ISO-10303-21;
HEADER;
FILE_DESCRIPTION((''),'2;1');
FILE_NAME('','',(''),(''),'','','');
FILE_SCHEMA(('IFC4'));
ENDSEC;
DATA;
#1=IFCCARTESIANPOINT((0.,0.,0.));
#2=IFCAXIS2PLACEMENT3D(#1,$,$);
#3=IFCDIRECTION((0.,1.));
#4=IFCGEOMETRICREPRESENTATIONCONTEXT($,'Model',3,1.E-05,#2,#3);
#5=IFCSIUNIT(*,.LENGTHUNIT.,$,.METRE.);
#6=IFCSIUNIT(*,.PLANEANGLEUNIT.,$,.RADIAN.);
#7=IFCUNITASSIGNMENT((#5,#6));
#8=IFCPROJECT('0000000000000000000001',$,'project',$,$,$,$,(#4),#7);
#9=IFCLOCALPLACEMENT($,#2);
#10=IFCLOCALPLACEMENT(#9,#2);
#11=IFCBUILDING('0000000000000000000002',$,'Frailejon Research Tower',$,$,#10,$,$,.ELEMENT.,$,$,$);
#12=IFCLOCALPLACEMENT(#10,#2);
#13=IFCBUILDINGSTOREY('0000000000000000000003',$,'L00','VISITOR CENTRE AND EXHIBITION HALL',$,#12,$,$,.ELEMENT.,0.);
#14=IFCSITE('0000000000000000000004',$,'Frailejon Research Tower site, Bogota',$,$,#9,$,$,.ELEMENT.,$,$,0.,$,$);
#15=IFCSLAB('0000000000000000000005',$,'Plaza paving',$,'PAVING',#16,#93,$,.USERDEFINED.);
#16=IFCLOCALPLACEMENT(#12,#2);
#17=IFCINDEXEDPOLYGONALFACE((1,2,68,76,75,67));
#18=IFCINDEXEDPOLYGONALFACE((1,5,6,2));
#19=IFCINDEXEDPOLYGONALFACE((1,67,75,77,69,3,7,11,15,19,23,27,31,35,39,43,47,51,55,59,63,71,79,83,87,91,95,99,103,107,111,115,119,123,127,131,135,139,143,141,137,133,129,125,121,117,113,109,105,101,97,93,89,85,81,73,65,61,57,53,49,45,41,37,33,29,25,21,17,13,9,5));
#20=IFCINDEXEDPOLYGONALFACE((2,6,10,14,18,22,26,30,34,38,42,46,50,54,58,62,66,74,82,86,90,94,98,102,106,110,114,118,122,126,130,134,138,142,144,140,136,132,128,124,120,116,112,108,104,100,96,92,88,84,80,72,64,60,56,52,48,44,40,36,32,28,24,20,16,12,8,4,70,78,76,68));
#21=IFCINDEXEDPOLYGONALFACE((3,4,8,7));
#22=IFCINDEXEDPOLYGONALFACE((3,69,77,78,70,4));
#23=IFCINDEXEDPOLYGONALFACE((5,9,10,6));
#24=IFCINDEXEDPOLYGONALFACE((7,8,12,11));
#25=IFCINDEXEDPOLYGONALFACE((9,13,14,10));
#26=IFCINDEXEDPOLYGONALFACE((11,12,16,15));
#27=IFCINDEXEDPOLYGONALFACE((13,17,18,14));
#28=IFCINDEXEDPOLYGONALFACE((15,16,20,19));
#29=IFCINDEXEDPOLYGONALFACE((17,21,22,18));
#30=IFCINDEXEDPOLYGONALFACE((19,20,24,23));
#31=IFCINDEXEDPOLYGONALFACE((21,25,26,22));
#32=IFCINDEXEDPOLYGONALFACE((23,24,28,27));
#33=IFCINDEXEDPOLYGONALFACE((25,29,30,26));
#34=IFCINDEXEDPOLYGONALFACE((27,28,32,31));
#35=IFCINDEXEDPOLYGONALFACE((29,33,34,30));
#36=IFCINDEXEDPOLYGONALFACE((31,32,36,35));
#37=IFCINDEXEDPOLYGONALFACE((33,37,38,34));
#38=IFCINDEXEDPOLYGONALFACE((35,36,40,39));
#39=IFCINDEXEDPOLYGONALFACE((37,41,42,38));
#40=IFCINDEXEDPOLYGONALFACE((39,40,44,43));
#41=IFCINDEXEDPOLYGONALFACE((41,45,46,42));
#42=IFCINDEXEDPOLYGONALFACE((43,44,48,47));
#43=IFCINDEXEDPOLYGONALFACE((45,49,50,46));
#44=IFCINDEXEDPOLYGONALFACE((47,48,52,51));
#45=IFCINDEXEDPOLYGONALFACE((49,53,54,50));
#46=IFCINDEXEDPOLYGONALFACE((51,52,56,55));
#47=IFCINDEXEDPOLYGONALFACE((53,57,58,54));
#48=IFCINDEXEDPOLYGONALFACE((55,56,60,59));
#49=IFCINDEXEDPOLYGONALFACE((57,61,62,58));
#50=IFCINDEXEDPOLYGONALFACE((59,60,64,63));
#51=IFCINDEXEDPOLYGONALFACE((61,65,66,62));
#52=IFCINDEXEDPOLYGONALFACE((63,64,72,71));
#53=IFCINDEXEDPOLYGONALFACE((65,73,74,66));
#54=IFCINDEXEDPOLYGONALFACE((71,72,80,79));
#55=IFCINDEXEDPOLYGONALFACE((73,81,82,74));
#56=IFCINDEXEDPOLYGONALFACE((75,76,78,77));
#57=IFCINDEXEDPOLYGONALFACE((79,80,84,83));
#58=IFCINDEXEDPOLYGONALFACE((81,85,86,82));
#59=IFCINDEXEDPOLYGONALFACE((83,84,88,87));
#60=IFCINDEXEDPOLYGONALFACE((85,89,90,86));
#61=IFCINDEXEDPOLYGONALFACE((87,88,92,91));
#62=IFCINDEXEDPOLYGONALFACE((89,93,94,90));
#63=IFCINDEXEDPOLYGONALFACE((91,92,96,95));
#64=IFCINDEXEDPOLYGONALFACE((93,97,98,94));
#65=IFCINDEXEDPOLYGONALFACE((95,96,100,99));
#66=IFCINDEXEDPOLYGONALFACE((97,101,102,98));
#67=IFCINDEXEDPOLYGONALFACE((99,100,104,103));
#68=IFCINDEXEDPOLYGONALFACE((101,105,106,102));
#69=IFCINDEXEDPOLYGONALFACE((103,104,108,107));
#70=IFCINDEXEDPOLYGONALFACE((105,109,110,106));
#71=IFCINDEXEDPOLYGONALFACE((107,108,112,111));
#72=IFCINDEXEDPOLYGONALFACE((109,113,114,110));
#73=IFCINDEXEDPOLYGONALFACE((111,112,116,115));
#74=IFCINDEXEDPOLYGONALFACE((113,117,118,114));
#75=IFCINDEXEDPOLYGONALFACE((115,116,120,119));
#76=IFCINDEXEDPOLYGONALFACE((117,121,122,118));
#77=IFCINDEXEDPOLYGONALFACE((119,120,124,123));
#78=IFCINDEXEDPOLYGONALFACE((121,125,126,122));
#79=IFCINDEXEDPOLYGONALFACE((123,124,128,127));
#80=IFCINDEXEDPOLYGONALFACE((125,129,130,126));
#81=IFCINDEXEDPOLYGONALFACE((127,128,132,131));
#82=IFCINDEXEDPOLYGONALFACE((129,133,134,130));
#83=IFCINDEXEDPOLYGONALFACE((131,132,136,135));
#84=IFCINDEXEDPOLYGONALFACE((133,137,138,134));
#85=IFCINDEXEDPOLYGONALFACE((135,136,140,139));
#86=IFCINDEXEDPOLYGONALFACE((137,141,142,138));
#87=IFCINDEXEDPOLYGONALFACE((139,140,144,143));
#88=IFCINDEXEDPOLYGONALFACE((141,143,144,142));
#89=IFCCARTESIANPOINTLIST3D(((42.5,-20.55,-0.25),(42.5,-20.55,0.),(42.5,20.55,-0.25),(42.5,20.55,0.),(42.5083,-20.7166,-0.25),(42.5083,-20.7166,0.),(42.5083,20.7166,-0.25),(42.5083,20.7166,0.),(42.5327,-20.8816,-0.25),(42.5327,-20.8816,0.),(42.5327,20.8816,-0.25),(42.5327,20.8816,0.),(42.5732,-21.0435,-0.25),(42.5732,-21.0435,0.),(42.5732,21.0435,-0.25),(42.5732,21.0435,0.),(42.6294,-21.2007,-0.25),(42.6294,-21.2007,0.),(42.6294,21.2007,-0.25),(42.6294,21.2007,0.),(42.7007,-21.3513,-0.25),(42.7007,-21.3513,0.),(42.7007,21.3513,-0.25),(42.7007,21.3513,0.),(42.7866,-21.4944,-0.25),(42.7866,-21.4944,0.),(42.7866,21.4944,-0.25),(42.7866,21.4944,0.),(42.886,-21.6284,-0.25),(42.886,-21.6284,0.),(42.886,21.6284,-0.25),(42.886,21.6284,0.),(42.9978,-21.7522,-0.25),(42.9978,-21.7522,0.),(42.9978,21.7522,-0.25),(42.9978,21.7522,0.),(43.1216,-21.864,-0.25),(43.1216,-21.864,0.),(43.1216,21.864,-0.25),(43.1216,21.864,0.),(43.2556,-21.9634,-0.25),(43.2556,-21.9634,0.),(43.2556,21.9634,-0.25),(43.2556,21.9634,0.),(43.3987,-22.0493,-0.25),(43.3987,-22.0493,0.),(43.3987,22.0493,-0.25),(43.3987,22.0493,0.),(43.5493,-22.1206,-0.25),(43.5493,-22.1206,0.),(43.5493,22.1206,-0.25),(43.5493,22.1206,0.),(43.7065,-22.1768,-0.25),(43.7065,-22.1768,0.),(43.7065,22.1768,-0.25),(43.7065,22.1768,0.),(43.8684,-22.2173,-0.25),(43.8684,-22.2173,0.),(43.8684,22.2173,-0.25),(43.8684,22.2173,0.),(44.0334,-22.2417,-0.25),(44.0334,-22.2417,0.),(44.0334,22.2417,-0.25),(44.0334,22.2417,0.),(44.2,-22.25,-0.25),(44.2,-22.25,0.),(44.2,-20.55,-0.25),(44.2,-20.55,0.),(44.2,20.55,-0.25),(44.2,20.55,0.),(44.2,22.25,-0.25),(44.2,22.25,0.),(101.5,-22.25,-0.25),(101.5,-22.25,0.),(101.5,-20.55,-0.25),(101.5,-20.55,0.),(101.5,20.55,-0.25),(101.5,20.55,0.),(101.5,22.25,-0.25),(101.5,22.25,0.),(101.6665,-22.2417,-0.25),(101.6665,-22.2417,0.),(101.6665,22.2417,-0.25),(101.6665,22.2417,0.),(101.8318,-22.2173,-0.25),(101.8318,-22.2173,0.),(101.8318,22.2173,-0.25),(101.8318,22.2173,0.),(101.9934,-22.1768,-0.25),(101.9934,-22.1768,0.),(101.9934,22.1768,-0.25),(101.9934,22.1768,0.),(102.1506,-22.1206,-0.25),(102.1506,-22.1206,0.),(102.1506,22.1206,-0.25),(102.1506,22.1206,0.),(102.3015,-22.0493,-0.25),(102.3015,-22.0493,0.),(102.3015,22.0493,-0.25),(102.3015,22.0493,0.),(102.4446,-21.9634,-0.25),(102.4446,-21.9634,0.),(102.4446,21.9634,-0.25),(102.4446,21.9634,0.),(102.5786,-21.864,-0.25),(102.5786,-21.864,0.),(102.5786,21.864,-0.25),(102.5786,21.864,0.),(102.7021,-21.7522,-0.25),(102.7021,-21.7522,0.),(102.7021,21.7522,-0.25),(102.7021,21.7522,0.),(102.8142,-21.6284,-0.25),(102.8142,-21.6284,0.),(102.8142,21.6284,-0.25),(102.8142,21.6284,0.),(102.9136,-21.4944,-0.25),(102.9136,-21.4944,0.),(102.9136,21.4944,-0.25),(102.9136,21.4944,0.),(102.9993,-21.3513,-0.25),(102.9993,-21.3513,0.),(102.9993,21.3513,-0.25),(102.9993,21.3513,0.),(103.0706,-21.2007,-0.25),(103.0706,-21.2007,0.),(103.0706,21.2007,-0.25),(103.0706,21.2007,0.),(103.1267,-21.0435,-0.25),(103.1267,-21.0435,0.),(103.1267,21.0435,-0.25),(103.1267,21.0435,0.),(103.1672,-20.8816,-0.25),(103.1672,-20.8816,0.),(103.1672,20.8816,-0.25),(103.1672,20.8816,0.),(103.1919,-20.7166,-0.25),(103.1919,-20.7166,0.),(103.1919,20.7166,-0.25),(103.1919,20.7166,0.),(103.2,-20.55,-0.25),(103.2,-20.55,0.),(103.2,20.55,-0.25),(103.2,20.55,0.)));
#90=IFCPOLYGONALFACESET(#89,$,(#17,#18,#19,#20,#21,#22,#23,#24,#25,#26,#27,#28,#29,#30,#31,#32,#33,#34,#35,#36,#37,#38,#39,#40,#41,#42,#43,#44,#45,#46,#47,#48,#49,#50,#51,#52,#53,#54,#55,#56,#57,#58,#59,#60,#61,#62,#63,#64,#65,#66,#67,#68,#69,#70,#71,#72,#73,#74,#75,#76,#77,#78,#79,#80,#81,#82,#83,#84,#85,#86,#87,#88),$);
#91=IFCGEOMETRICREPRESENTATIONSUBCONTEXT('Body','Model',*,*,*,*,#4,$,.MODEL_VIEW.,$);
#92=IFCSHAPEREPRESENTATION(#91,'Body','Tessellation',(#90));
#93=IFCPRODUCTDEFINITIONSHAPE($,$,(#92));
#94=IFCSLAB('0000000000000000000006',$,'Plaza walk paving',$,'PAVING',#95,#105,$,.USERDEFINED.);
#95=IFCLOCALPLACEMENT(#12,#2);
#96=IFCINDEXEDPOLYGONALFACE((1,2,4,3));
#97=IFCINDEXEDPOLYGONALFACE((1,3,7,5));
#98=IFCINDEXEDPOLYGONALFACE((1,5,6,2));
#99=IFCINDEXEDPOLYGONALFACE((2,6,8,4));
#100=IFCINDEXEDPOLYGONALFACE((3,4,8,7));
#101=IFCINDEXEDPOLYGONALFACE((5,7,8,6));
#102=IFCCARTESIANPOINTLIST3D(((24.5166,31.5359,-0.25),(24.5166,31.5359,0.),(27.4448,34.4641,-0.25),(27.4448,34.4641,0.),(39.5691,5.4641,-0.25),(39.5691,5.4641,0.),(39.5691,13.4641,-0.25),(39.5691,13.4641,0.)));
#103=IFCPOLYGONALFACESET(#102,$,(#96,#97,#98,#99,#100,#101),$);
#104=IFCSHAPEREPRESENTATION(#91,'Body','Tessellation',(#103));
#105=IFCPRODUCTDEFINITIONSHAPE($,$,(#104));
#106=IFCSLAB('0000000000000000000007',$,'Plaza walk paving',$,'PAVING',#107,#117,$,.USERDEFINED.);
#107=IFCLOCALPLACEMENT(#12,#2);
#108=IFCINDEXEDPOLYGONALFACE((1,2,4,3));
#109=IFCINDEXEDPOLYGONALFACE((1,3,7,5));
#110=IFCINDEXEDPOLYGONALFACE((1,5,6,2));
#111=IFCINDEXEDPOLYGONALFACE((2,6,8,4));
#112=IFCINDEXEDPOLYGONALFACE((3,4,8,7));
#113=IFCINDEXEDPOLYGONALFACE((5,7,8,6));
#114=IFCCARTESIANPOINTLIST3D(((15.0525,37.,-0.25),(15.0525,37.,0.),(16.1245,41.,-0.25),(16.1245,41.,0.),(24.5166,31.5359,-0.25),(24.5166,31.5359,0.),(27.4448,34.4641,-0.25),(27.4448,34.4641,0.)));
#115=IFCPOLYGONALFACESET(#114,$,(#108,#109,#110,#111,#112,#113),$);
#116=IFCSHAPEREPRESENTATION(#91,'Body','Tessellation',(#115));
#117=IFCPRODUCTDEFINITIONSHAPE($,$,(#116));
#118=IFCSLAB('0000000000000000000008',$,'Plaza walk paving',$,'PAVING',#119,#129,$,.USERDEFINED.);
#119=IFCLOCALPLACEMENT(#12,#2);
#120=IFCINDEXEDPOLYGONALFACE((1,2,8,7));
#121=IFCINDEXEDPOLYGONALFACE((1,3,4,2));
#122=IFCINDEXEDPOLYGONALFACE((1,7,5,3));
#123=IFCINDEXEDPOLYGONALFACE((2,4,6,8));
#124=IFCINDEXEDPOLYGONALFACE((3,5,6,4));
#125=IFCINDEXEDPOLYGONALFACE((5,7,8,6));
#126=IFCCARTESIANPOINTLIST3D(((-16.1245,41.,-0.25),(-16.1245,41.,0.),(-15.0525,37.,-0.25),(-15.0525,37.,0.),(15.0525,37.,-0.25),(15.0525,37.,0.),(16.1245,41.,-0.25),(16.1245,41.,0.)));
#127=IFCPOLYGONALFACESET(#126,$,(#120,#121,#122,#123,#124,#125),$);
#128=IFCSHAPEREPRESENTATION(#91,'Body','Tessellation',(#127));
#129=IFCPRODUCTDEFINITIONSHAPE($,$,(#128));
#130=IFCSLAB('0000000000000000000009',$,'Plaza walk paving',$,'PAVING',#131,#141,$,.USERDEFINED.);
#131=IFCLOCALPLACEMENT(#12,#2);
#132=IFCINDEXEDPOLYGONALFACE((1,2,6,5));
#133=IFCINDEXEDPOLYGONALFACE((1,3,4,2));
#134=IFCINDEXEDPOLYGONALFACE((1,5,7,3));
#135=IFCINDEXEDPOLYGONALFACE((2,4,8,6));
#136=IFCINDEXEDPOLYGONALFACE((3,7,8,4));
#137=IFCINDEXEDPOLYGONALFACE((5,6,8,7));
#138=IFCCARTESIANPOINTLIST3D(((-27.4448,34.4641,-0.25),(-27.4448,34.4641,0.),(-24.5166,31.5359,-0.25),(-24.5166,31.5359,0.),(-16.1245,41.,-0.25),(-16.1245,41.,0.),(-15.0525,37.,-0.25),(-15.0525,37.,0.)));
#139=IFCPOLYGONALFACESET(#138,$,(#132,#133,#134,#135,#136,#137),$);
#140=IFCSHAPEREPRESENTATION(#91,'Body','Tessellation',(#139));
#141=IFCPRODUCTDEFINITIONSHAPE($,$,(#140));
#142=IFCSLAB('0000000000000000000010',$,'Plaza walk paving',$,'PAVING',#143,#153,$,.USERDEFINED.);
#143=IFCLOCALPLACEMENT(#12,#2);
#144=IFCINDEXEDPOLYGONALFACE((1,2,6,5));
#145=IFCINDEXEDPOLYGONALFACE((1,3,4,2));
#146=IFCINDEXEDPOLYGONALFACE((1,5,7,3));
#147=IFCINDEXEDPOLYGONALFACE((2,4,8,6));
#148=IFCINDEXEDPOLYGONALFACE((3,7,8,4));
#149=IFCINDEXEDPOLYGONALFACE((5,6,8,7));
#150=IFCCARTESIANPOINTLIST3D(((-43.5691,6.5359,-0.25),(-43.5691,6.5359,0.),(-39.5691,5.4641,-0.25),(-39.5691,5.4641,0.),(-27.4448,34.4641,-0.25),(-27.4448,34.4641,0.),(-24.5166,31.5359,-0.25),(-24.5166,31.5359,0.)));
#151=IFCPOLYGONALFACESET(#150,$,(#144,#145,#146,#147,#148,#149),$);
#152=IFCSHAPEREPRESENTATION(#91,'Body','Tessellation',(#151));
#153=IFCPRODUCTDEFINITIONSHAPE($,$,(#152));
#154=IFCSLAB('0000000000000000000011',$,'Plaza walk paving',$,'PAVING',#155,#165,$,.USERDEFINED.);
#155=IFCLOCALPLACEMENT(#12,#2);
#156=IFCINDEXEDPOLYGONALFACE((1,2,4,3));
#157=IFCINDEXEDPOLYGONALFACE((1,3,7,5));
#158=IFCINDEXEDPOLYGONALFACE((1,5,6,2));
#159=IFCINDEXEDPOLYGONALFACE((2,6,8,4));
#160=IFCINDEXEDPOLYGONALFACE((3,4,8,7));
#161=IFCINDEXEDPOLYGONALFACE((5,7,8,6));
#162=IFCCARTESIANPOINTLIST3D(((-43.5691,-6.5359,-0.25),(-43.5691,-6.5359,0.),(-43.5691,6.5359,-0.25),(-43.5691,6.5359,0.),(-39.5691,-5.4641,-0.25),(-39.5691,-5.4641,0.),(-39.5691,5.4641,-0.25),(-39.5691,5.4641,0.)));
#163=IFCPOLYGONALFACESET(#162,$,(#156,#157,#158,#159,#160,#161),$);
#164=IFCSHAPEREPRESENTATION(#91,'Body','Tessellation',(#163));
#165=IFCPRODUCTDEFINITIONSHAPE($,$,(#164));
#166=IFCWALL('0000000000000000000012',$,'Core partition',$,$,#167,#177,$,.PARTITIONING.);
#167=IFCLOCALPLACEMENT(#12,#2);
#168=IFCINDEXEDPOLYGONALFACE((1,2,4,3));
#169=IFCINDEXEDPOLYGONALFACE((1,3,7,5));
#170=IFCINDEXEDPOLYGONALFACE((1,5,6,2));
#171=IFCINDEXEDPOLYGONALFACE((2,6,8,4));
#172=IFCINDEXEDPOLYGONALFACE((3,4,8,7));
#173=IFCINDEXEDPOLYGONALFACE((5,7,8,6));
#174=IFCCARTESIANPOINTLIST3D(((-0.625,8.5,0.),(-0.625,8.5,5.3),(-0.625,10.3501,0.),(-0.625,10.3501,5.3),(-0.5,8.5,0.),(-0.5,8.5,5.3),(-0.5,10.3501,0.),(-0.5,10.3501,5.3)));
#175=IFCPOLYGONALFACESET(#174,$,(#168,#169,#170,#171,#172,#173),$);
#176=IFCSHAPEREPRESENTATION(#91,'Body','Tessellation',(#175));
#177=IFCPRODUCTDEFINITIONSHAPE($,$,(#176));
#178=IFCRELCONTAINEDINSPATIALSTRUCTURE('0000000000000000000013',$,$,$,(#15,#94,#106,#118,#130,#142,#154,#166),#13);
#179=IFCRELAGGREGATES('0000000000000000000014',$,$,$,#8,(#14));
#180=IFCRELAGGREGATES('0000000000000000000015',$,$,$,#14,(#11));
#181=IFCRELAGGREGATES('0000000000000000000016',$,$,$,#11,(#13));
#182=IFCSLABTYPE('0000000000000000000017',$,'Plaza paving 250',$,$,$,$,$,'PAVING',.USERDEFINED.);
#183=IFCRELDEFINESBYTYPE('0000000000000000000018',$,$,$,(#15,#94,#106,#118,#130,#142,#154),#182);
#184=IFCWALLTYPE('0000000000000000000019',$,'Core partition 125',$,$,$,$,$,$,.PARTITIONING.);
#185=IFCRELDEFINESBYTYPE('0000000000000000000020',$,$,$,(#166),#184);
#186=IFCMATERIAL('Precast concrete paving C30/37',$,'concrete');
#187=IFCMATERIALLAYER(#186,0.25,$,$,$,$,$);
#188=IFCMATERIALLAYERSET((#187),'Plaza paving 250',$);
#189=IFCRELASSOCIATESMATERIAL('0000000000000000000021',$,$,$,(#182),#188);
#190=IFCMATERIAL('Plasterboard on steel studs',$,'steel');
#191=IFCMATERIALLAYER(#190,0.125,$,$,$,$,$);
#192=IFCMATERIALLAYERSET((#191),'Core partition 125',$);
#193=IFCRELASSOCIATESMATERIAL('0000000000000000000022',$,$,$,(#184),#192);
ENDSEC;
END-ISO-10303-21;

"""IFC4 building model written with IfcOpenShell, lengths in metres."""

from ifc_helpers import new_model, si_unit, direction, frame, frame_2d, origin, place, context, subcontext, project, spatial, polyline, rectangle, outline, extrude, material, layer, layer_set, type_object, element, save


model = new_model("IFC4")

# Units and contexts
model_context = context("Model", 3, precision=1e-05, world=origin(), true_north=direction((0.0, 1.0)))
body_context = subcontext(model_context, "Body", "Model", "MODEL_VIEW")
ifc_project = project(units=[si_unit("LENGTHUNIT", "METRE"), si_unit("PLANEANGLEUNIT", "RADIAN")], contexts=[model_context])

# Site, building, storey
site_placement = place(None, origin())
site = spatial("IfcSite", under=ifc_project, at=site_placement, Name="Frailejon Research Tower site, Bogota", CompositionType="ELEMENT", RefElevation=0.0)
building_placement = place(site_placement, origin())
building = spatial("IfcBuilding", under=site, at=building_placement, Name="Frailejon Research Tower", CompositionType="ELEMENT")
storey_placement = place(building_placement, origin())
storey = spatial("IfcBuildingStorey", under=building, at=storey_placement, Name="L00", Description="VISITOR CENTRE AND EXHIBITION HALL", CompositionType="ELEMENT", Elevation=0.0)

# Slabs
ifc_material_1 = material(Name="Precast concrete paving C30/37", Category="concrete")
ifc_layer_1 = layer(ifc_material_1, 0.25)
ifc_layer_set_1 = layer_set([ifc_layer_1], Name="Plaza paving 250")
slab_type = type_object("IfcSlabType", Name="Plaza paving 250", ElementType="PAVING", PredefinedType="USERDEFINED", material=ifc_layer_set_1)
slab_1_placement = place(storey_placement, frame((0.0, 0.0, -0.25)))
element("IfcSlab", 1, at=slab_1_placement, inside=storey, type_object=slab_type, Name="Plaza paving", ObjectType="PAVING", PredefinedType="USERDEFINED", context=body_context, shape_type="SweptSolid", body=[
    extrude(outline(polyline([(101.5, -20.55), (101.5, 20.55), (44.2, 20.55), (42.5, 20.55), (42.5083, 20.7166), (42.5327, 20.8816), (42.5732, 21.0435), (42.6294, 21.2007), (42.7007, 21.3513), (42.7866, 21.4944), (42.886, 21.6284), (42.9978, 21.7522), (43.1216, 21.864), (43.2556, 21.9634), (43.3987, 22.0493), (43.5493, 22.1206), (43.7065, 22.1768), (43.8684, 22.2173), (44.0334, 22.2417), (44.2, 22.25), (101.5, 22.25), (101.6665, 22.2417), (101.8318, 22.2173), (101.9934, 22.1768), (102.1506, 22.1206), (102.3015, 22.0493), (102.4446, 21.9634), (102.5786, 21.864), (102.7021, 21.7522), (102.8142, 21.6284), (102.9136, 21.4944), (102.9993, 21.3513), (103.0706, 21.2007), (103.1267, 21.0435), (103.1672, 20.8816), (103.1919, 20.7166), (103.2, 20.55), (103.2, -20.55), (103.1919, -20.7166), (103.1672, -20.8816), (103.1267, -21.0435), (103.0706, -21.2007), (102.9993, -21.3513), (102.9136, -21.4944), (102.8142, -21.6284), (102.7021, -21.7522), (102.5786, -21.864), (102.4446, -21.9634), (102.3015, -22.0493), (102.1506, -22.1206), (101.9934, -22.1768), (101.8318, -22.2173), (101.6665, -22.2417), (101.5, -22.25), (44.2, -22.25), (44.0334, -22.2417), (43.8684, -22.2173), (43.7065, -22.1768), (43.5493, -22.1206), (43.3987, -22.0493), (43.2556, -21.9634), (43.1216, -21.864), (42.9978, -21.7522), (42.886, -21.6284), (42.7866, -21.4944), (42.7007, -21.3513), (42.6294, -21.2007), (42.5732, -21.0435), (42.5327, -20.8816), (42.5083, -20.7166), (42.5, -20.55), (44.2, -20.55), (101.5, -20.55)])), origin(), (0.0, 0.0, 1.0), 0.25),
])
slab_2_placement = place(storey_placement, frame((0.0, 0.0, -0.25)))
element("IfcSlab", 2, at=slab_2_placement, inside=storey, type_object=slab_type, Name="Plaza walk paving", ObjectType="PAVING", PredefinedType="USERDEFINED", context=body_context, shape_type="SweptSolid", body=[
    extrude(outline(polyline([(24.5166, 31.5359), (39.5691, 5.4641), (39.5691, 13.4641), (27.4448, 34.4641), (24.5166, 31.5359)])), origin(), (0.0, 0.0, 1.0), 0.25),
])
slab_3_placement = place(storey_placement, frame((0.0, 0.0, -0.25)))
element("IfcSlab", 3, at=slab_3_placement, inside=storey, type_object=slab_type, Name="Plaza walk paving", ObjectType="PAVING", PredefinedType="USERDEFINED", context=body_context, shape_type="SweptSolid", body=[
    extrude(outline(polyline([(15.0525, 37.0), (24.5166, 31.5359), (27.4448, 34.4641), (16.1245, 41.0), (15.0525, 37.0)])), origin(), (0.0, 0.0, 1.0), 0.25),
])
slab_4_placement = place(storey_placement, frame((0.0, 0.0, -0.25)))
element("IfcSlab", 4, at=slab_4_placement, inside=storey, type_object=slab_type, Name="Plaza walk paving", ObjectType="PAVING", PredefinedType="USERDEFINED", context=body_context, shape_type="SweptSolid", body=[
    extrude(outline(polyline([(-15.0525, 37.0), (15.0525, 37.0), (16.1245, 41.0), (-16.1245, 41.0), (-15.0525, 37.0)])), origin(), (0.0, 0.0, 1.0), 0.25),
])
slab_5_placement = place(storey_placement, frame((0.0, 0.0, -0.25)))
element("IfcSlab", 5, at=slab_5_placement, inside=storey, type_object=slab_type, Name="Plaza walk paving", ObjectType="PAVING", PredefinedType="USERDEFINED", context=body_context, shape_type="SweptSolid", body=[
    extrude(outline(polyline([(-24.5166, 31.5359), (-15.0525, 37.0), (-16.1245, 41.0), (-27.4448, 34.4641), (-24.5166, 31.5359)])), origin(), (0.0, 0.0, 1.0), 0.25),
])
slab_6_placement = place(storey_placement, frame((0.0, 0.0, -0.25)))
element("IfcSlab", 6, at=slab_6_placement, inside=storey, type_object=slab_type, Name="Plaza walk paving", ObjectType="PAVING", PredefinedType="USERDEFINED", context=body_context, shape_type="SweptSolid", body=[
    extrude(outline(polyline([(-39.5691, 5.4641), (-24.5166, 31.5359), (-27.4448, 34.4641), (-43.5691, 6.5359), (-39.5691, 5.4641)])), origin(), (0.0, 0.0, 1.0), 0.25),
])
slab_7_placement = place(storey_placement, frame((0.0, 0.0, -0.25)))
element("IfcSlab", 7, at=slab_7_placement, inside=storey, type_object=slab_type, Name="Plaza walk paving", ObjectType="PAVING", PredefinedType="USERDEFINED", context=body_context, shape_type="SweptSolid", body=[
    extrude(outline(polyline([(-39.5691, -5.4641), (-39.5691, 5.4641), (-43.5691, 6.5359), (-43.5691, -6.5359), (-39.5691, -5.4641)])), origin(), (0.0, 0.0, 1.0), 0.25),
])

# Wall
ifc_material_2 = material(Name="Plasterboard on steel studs", Category="steel")
ifc_layer_2 = layer(ifc_material_2, 0.125)
ifc_layer_set_2 = layer_set([ifc_layer_2], Name="Core partition 125")
wall_type_1 = type_object("IfcWallType", Name="Core partition 125", PredefinedType="PARTITIONING", material=ifc_layer_set_2)
wall_1_placement = place(storey_placement, frame((-0.5625, 8.5, 0.0), z_axis=(0.0, 0.0, 1.0), x_axis=(0.0, 1.0, 0.0)))
element("IfcWall", 8, at=wall_1_placement, inside=storey, type_object=wall_type_1, Name="Core partition", PredefinedType="PARTITIONING", context=body_context, shape_type="SweptSolid", body=[
    extrude(rectangle(XDim=1.8501, YDim=0.125, at=frame_2d((0.925, 0.0))), origin(), (0.0, 0.0, 1.0), 5.3),
])

save(model, "model.ifc")
